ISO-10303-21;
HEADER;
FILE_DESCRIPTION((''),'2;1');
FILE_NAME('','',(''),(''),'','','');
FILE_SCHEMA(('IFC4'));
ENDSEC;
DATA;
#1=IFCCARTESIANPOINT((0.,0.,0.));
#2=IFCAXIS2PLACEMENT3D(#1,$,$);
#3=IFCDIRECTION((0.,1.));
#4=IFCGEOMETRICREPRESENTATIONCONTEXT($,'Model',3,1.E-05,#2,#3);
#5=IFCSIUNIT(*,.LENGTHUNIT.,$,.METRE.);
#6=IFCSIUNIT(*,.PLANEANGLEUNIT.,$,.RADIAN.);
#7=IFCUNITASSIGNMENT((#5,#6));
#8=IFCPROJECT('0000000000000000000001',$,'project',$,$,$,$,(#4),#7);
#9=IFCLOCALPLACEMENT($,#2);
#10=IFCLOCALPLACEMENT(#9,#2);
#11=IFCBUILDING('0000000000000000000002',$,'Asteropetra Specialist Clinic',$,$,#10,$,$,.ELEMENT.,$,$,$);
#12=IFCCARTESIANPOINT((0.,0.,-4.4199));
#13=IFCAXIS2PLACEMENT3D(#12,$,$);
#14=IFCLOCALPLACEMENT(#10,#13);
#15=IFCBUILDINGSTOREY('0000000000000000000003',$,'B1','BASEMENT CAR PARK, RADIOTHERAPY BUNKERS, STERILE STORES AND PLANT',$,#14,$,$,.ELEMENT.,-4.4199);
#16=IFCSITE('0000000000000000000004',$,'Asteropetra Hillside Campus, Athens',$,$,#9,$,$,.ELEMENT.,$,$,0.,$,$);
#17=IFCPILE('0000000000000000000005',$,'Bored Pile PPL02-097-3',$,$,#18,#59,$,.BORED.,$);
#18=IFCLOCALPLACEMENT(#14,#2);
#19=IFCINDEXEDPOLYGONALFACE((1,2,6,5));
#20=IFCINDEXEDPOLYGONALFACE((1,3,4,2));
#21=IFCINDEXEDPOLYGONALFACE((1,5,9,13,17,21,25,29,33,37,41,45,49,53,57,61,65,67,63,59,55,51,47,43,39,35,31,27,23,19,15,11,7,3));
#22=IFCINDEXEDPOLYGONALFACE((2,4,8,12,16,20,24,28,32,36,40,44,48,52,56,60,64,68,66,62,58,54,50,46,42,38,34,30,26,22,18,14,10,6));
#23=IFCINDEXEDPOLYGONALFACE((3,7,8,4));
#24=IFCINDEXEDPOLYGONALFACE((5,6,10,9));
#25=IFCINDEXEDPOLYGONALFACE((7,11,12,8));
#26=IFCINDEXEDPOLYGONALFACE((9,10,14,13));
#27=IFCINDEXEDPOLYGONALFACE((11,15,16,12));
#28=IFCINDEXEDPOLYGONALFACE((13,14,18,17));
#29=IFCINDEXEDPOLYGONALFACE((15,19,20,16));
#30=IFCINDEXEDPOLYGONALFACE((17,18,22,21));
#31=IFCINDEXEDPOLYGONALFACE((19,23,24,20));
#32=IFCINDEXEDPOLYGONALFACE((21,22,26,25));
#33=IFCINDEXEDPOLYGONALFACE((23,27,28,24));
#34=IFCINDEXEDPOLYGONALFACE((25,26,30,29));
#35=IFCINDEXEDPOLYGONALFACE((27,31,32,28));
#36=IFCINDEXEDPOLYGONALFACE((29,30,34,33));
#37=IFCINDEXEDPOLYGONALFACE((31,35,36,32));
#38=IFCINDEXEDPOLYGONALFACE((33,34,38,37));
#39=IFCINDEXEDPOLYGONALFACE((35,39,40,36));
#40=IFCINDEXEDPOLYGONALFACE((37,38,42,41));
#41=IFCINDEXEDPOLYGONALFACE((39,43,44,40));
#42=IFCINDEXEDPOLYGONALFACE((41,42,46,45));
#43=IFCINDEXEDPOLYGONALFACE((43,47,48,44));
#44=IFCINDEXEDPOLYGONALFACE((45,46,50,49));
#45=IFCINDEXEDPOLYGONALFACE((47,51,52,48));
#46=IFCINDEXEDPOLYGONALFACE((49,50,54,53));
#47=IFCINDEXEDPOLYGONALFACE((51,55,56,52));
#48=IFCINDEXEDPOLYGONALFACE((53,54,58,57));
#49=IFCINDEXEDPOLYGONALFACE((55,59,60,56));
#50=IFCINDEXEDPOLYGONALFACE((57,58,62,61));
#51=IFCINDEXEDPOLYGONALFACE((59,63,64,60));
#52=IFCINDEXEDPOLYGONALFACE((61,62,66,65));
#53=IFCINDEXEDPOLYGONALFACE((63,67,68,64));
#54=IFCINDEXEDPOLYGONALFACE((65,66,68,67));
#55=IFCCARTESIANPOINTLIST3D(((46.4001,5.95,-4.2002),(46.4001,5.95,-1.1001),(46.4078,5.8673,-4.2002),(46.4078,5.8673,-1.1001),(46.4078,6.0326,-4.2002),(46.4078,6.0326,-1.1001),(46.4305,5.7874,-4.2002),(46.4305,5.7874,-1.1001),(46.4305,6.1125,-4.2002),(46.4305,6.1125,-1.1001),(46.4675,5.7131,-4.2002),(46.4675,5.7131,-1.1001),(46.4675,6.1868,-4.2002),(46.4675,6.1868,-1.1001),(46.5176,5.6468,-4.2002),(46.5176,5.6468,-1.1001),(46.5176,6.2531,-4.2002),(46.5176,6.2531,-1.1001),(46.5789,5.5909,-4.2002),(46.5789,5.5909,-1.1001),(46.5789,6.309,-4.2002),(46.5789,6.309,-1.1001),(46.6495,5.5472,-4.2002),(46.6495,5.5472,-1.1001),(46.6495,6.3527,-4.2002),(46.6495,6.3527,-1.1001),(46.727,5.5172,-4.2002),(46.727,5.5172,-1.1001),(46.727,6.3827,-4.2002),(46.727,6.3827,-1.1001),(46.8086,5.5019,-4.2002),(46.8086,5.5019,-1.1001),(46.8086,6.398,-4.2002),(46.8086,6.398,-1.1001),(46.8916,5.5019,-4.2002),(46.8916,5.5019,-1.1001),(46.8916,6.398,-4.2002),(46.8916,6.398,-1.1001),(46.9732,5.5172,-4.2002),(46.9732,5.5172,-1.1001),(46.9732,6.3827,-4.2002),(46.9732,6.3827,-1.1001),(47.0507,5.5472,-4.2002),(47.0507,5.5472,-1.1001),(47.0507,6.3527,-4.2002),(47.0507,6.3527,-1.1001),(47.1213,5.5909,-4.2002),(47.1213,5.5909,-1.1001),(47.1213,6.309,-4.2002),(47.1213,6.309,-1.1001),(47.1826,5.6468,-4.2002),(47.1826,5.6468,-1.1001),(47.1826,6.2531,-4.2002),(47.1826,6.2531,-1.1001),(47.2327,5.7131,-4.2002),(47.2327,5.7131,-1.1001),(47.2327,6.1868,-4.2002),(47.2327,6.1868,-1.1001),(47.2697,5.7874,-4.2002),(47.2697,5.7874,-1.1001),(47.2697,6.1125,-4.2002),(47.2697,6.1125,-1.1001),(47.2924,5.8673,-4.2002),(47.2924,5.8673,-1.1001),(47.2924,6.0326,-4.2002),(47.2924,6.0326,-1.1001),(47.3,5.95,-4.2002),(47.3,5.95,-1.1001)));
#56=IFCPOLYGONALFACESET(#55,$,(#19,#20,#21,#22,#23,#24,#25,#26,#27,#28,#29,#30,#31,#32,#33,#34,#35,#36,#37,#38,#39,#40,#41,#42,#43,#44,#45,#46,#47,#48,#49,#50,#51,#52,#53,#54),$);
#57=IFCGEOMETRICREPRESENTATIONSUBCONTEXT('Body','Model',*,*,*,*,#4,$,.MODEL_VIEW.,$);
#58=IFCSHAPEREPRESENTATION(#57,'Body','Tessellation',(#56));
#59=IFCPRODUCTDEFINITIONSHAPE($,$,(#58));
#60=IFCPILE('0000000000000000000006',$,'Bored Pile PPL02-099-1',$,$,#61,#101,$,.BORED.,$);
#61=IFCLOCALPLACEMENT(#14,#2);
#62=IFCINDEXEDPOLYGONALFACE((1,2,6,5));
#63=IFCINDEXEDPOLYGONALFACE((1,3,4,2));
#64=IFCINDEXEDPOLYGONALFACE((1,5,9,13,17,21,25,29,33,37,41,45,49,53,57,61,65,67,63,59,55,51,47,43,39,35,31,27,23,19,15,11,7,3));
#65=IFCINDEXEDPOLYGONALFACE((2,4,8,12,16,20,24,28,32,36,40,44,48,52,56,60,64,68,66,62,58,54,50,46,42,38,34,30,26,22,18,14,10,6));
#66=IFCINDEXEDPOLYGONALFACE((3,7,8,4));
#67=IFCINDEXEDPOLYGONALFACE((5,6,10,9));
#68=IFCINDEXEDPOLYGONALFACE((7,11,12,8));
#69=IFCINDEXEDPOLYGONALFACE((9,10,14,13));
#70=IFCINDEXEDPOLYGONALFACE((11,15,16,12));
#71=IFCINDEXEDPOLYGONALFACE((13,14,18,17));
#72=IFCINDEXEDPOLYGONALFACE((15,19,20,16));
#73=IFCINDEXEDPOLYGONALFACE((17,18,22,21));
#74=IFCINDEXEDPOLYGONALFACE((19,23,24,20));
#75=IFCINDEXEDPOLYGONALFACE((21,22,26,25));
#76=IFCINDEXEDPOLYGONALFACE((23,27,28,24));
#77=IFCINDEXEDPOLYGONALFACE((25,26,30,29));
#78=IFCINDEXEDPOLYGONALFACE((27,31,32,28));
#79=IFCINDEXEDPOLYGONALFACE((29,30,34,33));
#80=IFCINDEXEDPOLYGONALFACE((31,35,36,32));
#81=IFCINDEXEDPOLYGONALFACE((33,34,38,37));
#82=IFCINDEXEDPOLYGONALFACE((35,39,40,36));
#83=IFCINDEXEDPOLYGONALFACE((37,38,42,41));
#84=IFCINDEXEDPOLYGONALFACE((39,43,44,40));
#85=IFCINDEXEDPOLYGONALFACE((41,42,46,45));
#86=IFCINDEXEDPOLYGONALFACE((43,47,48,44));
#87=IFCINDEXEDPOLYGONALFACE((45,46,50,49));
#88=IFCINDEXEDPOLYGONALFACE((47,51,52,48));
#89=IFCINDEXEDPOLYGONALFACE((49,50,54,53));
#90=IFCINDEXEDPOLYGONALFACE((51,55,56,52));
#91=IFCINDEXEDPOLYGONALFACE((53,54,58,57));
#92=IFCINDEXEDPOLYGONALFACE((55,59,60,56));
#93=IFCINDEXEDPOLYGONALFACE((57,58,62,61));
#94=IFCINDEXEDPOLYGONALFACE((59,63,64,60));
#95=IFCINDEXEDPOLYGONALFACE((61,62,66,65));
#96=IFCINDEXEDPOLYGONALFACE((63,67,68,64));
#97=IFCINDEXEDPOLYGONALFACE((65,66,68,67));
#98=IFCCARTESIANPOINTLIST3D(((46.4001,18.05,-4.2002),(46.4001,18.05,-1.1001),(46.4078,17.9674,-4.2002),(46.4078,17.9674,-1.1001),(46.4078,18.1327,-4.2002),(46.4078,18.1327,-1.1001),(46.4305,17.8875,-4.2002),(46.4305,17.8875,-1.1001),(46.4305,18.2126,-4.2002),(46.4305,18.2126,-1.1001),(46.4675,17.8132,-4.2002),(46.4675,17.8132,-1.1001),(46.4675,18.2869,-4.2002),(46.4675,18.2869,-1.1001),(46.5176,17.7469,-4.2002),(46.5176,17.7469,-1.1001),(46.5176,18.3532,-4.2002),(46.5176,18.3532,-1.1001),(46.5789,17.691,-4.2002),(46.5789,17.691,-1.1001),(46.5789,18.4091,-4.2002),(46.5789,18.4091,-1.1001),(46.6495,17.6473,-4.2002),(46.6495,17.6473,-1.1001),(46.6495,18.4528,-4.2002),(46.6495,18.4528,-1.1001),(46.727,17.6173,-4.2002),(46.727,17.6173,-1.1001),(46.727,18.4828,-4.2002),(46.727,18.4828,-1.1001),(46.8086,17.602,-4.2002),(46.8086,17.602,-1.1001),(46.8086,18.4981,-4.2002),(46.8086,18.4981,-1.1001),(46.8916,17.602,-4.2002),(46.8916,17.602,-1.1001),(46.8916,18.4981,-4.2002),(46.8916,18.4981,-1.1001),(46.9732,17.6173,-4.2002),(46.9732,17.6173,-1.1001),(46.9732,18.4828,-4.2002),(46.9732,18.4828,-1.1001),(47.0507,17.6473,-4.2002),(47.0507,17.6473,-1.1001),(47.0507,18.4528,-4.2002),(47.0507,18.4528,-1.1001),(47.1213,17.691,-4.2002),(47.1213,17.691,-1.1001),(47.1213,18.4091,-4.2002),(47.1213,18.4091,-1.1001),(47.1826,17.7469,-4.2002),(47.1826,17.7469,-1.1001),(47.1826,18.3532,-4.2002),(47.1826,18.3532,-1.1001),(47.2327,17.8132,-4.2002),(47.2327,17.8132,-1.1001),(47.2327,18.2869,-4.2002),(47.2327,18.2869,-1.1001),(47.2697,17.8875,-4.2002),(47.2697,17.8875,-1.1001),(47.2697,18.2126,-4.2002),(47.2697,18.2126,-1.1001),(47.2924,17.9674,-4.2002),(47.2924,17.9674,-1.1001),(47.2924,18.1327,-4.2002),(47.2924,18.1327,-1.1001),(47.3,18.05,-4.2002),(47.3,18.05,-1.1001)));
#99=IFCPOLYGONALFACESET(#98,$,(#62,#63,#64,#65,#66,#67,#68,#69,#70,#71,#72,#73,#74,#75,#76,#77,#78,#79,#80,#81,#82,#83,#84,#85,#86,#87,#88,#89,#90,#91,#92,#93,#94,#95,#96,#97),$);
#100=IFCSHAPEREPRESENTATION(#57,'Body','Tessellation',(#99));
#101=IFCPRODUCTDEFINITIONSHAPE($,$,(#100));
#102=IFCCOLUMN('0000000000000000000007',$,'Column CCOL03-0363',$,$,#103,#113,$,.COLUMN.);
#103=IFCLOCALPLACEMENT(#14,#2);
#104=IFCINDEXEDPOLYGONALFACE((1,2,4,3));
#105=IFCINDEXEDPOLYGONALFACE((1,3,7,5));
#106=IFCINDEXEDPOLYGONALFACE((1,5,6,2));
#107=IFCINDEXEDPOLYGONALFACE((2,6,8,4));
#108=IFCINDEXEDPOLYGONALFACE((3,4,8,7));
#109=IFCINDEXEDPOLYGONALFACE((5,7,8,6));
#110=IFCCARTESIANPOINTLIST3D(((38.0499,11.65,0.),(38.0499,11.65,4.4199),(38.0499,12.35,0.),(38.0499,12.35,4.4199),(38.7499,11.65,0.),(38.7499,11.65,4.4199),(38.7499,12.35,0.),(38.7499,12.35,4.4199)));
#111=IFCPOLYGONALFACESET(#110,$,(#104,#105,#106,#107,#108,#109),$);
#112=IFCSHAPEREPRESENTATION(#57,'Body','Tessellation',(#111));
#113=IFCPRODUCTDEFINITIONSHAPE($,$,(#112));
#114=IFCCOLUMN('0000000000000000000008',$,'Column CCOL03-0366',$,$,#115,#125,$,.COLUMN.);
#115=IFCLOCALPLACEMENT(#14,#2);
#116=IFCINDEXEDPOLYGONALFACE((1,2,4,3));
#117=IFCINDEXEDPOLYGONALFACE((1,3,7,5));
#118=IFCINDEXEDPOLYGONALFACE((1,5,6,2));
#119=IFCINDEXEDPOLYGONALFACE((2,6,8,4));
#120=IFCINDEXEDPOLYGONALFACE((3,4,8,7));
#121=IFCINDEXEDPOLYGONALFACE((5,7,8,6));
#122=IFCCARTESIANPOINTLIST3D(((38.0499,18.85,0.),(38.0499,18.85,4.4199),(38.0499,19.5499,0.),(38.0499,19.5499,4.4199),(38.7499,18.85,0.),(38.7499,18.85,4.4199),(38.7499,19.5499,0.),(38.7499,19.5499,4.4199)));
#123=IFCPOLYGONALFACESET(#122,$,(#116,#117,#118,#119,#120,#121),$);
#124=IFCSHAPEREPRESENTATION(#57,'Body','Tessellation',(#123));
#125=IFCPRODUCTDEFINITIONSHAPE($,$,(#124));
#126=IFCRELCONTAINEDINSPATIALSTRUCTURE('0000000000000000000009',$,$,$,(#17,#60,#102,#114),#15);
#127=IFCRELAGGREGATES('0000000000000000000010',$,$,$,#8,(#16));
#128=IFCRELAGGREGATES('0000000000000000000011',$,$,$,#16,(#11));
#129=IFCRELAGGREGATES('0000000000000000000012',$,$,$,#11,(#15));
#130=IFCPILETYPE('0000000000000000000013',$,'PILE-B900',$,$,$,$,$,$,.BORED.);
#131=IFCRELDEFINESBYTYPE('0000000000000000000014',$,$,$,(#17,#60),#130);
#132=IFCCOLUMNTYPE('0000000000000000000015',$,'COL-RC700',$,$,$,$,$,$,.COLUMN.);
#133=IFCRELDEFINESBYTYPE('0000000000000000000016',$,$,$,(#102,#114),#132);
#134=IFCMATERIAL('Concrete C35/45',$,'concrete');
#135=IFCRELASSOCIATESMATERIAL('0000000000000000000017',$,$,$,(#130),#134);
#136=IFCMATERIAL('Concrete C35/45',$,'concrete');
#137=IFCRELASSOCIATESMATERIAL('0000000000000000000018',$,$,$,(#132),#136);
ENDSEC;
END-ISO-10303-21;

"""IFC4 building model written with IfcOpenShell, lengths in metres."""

from ifc_helpers import new_model, si_unit, direction, frame, origin, origin_2d, place, context, subcontext, project, spatial, rectangle, circle, extrude, material, material_profile, profile_set, type_object, element, save


model = new_model("IFC4")

# Units and contexts
model_context = context("Model", 3, precision=1e-05, world=origin(), true_north=direction((0.0, 1.0)))
body_context = subcontext(model_context, "Body", "Model", "MODEL_VIEW")
ifc_project = project(units=[si_unit("LENGTHUNIT", "METRE"), si_unit("PLANEANGLEUNIT", "RADIAN")], contexts=[model_context])

# Site, building, storey
site_placement = place(None, origin())
site = spatial("IfcSite", under=ifc_project, at=site_placement, Name="Asteropetra Hillside Campus, Athens", CompositionType="ELEMENT", RefElevation=0.0)
building_placement = place(site_placement, origin())
building = spatial("IfcBuilding", under=site, at=building_placement, Name="Asteropetra Specialist Clinic", CompositionType="ELEMENT")
storey_placement = place(building_placement, frame((0.0, 0.0, -4.4199)))
storey = spatial("IfcBuildingStorey", under=building, at=storey_placement, Name="B1", Description="BASEMENT CAR PARK, RADIOTHERAPY BUNKERS, STERILE STORES AND PLANT", CompositionType="ELEMENT", Elevation=-4.4199)

# Piles
ifc_material_1 = material(Name="Concrete C35/45", Category="concrete")
ifc_material_profile_1 = material_profile(ifc_material_1, circle(Radius=0.45, at=origin_2d()), Name="PILE D900")
ifc_profile_set_1 = profile_set([ifc_material_profile_1], Name="Concrete C35/45")
pile_type_1 = type_object("IfcPileType", Name="PILE-B900", PredefinedType="BORED", material=ifc_profile_set_1)
for number, where, z_axis, x_axis, name in (
    (1, (46.8501, 5.95, -1.1001), (0.0, 0.0, -1.0), (1.0, 0.0, 0.0), "Bored Pile PPL02-097-3"),
    (2, (46.8501, 18.05, -1.1001), (0.0, 0.0, -1.0), (1.0, 0.0, 0.0), "Bored Pile PPL02-099-1"),
):
    element("IfcPile", number, at=place(storey_placement, frame(where, z_axis=z_axis, x_axis=x_axis)), inside=storey, type_object=pile_type_1, Name=name, PredefinedType="BORED", context=body_context, shape_type="SweptSolid", body=[
        extrude(circle(Radius=0.45, at=origin_2d()), origin(), (0.0, 0.0, 1.0), 3.1001),
    ])

# Columns
ifc_material_2 = material(Name="Concrete C35/45", Category="concrete")
ifc_material_profile_2 = material_profile(ifc_material_2, rectangle(XDim=0.7, YDim=0.7, at=origin_2d()), Name="RC 700x700")
ifc_profile_set_2 = profile_set([ifc_material_profile_2], Name="Concrete C35/45")
column_type = type_object("IfcColumnType", Name="COL-RC700", PredefinedType="COLUMN", material=ifc_profile_set_2)
for number, where, z_axis, x_axis, name in (
    (3, (38.3999, 12.0, 0.0), (0.0, 0.0, 1.0), (1.0, 0.0, 0.0), "Column CCOL03-0363"),
    (4, (38.3999, 19.2, 0.0), (0.0, 0.0, 1.0), (1.0, 0.0, 0.0), "Column CCOL03-0366"),
):
    element("IfcColumn", number, at=place(storey_placement, frame(where, z_axis=z_axis, x_axis=x_axis)), inside=storey, type_object=column_type, Name=name, PredefinedType="COLUMN", context=body_context, shape_type="SweptSolid", body=[
        extrude(rectangle(XDim=0.7, YDim=0.7, at=origin_2d()), origin(), (0.0, 0.0, 1.0), 4.4199),
    ])

save(model, "model.ifc")
